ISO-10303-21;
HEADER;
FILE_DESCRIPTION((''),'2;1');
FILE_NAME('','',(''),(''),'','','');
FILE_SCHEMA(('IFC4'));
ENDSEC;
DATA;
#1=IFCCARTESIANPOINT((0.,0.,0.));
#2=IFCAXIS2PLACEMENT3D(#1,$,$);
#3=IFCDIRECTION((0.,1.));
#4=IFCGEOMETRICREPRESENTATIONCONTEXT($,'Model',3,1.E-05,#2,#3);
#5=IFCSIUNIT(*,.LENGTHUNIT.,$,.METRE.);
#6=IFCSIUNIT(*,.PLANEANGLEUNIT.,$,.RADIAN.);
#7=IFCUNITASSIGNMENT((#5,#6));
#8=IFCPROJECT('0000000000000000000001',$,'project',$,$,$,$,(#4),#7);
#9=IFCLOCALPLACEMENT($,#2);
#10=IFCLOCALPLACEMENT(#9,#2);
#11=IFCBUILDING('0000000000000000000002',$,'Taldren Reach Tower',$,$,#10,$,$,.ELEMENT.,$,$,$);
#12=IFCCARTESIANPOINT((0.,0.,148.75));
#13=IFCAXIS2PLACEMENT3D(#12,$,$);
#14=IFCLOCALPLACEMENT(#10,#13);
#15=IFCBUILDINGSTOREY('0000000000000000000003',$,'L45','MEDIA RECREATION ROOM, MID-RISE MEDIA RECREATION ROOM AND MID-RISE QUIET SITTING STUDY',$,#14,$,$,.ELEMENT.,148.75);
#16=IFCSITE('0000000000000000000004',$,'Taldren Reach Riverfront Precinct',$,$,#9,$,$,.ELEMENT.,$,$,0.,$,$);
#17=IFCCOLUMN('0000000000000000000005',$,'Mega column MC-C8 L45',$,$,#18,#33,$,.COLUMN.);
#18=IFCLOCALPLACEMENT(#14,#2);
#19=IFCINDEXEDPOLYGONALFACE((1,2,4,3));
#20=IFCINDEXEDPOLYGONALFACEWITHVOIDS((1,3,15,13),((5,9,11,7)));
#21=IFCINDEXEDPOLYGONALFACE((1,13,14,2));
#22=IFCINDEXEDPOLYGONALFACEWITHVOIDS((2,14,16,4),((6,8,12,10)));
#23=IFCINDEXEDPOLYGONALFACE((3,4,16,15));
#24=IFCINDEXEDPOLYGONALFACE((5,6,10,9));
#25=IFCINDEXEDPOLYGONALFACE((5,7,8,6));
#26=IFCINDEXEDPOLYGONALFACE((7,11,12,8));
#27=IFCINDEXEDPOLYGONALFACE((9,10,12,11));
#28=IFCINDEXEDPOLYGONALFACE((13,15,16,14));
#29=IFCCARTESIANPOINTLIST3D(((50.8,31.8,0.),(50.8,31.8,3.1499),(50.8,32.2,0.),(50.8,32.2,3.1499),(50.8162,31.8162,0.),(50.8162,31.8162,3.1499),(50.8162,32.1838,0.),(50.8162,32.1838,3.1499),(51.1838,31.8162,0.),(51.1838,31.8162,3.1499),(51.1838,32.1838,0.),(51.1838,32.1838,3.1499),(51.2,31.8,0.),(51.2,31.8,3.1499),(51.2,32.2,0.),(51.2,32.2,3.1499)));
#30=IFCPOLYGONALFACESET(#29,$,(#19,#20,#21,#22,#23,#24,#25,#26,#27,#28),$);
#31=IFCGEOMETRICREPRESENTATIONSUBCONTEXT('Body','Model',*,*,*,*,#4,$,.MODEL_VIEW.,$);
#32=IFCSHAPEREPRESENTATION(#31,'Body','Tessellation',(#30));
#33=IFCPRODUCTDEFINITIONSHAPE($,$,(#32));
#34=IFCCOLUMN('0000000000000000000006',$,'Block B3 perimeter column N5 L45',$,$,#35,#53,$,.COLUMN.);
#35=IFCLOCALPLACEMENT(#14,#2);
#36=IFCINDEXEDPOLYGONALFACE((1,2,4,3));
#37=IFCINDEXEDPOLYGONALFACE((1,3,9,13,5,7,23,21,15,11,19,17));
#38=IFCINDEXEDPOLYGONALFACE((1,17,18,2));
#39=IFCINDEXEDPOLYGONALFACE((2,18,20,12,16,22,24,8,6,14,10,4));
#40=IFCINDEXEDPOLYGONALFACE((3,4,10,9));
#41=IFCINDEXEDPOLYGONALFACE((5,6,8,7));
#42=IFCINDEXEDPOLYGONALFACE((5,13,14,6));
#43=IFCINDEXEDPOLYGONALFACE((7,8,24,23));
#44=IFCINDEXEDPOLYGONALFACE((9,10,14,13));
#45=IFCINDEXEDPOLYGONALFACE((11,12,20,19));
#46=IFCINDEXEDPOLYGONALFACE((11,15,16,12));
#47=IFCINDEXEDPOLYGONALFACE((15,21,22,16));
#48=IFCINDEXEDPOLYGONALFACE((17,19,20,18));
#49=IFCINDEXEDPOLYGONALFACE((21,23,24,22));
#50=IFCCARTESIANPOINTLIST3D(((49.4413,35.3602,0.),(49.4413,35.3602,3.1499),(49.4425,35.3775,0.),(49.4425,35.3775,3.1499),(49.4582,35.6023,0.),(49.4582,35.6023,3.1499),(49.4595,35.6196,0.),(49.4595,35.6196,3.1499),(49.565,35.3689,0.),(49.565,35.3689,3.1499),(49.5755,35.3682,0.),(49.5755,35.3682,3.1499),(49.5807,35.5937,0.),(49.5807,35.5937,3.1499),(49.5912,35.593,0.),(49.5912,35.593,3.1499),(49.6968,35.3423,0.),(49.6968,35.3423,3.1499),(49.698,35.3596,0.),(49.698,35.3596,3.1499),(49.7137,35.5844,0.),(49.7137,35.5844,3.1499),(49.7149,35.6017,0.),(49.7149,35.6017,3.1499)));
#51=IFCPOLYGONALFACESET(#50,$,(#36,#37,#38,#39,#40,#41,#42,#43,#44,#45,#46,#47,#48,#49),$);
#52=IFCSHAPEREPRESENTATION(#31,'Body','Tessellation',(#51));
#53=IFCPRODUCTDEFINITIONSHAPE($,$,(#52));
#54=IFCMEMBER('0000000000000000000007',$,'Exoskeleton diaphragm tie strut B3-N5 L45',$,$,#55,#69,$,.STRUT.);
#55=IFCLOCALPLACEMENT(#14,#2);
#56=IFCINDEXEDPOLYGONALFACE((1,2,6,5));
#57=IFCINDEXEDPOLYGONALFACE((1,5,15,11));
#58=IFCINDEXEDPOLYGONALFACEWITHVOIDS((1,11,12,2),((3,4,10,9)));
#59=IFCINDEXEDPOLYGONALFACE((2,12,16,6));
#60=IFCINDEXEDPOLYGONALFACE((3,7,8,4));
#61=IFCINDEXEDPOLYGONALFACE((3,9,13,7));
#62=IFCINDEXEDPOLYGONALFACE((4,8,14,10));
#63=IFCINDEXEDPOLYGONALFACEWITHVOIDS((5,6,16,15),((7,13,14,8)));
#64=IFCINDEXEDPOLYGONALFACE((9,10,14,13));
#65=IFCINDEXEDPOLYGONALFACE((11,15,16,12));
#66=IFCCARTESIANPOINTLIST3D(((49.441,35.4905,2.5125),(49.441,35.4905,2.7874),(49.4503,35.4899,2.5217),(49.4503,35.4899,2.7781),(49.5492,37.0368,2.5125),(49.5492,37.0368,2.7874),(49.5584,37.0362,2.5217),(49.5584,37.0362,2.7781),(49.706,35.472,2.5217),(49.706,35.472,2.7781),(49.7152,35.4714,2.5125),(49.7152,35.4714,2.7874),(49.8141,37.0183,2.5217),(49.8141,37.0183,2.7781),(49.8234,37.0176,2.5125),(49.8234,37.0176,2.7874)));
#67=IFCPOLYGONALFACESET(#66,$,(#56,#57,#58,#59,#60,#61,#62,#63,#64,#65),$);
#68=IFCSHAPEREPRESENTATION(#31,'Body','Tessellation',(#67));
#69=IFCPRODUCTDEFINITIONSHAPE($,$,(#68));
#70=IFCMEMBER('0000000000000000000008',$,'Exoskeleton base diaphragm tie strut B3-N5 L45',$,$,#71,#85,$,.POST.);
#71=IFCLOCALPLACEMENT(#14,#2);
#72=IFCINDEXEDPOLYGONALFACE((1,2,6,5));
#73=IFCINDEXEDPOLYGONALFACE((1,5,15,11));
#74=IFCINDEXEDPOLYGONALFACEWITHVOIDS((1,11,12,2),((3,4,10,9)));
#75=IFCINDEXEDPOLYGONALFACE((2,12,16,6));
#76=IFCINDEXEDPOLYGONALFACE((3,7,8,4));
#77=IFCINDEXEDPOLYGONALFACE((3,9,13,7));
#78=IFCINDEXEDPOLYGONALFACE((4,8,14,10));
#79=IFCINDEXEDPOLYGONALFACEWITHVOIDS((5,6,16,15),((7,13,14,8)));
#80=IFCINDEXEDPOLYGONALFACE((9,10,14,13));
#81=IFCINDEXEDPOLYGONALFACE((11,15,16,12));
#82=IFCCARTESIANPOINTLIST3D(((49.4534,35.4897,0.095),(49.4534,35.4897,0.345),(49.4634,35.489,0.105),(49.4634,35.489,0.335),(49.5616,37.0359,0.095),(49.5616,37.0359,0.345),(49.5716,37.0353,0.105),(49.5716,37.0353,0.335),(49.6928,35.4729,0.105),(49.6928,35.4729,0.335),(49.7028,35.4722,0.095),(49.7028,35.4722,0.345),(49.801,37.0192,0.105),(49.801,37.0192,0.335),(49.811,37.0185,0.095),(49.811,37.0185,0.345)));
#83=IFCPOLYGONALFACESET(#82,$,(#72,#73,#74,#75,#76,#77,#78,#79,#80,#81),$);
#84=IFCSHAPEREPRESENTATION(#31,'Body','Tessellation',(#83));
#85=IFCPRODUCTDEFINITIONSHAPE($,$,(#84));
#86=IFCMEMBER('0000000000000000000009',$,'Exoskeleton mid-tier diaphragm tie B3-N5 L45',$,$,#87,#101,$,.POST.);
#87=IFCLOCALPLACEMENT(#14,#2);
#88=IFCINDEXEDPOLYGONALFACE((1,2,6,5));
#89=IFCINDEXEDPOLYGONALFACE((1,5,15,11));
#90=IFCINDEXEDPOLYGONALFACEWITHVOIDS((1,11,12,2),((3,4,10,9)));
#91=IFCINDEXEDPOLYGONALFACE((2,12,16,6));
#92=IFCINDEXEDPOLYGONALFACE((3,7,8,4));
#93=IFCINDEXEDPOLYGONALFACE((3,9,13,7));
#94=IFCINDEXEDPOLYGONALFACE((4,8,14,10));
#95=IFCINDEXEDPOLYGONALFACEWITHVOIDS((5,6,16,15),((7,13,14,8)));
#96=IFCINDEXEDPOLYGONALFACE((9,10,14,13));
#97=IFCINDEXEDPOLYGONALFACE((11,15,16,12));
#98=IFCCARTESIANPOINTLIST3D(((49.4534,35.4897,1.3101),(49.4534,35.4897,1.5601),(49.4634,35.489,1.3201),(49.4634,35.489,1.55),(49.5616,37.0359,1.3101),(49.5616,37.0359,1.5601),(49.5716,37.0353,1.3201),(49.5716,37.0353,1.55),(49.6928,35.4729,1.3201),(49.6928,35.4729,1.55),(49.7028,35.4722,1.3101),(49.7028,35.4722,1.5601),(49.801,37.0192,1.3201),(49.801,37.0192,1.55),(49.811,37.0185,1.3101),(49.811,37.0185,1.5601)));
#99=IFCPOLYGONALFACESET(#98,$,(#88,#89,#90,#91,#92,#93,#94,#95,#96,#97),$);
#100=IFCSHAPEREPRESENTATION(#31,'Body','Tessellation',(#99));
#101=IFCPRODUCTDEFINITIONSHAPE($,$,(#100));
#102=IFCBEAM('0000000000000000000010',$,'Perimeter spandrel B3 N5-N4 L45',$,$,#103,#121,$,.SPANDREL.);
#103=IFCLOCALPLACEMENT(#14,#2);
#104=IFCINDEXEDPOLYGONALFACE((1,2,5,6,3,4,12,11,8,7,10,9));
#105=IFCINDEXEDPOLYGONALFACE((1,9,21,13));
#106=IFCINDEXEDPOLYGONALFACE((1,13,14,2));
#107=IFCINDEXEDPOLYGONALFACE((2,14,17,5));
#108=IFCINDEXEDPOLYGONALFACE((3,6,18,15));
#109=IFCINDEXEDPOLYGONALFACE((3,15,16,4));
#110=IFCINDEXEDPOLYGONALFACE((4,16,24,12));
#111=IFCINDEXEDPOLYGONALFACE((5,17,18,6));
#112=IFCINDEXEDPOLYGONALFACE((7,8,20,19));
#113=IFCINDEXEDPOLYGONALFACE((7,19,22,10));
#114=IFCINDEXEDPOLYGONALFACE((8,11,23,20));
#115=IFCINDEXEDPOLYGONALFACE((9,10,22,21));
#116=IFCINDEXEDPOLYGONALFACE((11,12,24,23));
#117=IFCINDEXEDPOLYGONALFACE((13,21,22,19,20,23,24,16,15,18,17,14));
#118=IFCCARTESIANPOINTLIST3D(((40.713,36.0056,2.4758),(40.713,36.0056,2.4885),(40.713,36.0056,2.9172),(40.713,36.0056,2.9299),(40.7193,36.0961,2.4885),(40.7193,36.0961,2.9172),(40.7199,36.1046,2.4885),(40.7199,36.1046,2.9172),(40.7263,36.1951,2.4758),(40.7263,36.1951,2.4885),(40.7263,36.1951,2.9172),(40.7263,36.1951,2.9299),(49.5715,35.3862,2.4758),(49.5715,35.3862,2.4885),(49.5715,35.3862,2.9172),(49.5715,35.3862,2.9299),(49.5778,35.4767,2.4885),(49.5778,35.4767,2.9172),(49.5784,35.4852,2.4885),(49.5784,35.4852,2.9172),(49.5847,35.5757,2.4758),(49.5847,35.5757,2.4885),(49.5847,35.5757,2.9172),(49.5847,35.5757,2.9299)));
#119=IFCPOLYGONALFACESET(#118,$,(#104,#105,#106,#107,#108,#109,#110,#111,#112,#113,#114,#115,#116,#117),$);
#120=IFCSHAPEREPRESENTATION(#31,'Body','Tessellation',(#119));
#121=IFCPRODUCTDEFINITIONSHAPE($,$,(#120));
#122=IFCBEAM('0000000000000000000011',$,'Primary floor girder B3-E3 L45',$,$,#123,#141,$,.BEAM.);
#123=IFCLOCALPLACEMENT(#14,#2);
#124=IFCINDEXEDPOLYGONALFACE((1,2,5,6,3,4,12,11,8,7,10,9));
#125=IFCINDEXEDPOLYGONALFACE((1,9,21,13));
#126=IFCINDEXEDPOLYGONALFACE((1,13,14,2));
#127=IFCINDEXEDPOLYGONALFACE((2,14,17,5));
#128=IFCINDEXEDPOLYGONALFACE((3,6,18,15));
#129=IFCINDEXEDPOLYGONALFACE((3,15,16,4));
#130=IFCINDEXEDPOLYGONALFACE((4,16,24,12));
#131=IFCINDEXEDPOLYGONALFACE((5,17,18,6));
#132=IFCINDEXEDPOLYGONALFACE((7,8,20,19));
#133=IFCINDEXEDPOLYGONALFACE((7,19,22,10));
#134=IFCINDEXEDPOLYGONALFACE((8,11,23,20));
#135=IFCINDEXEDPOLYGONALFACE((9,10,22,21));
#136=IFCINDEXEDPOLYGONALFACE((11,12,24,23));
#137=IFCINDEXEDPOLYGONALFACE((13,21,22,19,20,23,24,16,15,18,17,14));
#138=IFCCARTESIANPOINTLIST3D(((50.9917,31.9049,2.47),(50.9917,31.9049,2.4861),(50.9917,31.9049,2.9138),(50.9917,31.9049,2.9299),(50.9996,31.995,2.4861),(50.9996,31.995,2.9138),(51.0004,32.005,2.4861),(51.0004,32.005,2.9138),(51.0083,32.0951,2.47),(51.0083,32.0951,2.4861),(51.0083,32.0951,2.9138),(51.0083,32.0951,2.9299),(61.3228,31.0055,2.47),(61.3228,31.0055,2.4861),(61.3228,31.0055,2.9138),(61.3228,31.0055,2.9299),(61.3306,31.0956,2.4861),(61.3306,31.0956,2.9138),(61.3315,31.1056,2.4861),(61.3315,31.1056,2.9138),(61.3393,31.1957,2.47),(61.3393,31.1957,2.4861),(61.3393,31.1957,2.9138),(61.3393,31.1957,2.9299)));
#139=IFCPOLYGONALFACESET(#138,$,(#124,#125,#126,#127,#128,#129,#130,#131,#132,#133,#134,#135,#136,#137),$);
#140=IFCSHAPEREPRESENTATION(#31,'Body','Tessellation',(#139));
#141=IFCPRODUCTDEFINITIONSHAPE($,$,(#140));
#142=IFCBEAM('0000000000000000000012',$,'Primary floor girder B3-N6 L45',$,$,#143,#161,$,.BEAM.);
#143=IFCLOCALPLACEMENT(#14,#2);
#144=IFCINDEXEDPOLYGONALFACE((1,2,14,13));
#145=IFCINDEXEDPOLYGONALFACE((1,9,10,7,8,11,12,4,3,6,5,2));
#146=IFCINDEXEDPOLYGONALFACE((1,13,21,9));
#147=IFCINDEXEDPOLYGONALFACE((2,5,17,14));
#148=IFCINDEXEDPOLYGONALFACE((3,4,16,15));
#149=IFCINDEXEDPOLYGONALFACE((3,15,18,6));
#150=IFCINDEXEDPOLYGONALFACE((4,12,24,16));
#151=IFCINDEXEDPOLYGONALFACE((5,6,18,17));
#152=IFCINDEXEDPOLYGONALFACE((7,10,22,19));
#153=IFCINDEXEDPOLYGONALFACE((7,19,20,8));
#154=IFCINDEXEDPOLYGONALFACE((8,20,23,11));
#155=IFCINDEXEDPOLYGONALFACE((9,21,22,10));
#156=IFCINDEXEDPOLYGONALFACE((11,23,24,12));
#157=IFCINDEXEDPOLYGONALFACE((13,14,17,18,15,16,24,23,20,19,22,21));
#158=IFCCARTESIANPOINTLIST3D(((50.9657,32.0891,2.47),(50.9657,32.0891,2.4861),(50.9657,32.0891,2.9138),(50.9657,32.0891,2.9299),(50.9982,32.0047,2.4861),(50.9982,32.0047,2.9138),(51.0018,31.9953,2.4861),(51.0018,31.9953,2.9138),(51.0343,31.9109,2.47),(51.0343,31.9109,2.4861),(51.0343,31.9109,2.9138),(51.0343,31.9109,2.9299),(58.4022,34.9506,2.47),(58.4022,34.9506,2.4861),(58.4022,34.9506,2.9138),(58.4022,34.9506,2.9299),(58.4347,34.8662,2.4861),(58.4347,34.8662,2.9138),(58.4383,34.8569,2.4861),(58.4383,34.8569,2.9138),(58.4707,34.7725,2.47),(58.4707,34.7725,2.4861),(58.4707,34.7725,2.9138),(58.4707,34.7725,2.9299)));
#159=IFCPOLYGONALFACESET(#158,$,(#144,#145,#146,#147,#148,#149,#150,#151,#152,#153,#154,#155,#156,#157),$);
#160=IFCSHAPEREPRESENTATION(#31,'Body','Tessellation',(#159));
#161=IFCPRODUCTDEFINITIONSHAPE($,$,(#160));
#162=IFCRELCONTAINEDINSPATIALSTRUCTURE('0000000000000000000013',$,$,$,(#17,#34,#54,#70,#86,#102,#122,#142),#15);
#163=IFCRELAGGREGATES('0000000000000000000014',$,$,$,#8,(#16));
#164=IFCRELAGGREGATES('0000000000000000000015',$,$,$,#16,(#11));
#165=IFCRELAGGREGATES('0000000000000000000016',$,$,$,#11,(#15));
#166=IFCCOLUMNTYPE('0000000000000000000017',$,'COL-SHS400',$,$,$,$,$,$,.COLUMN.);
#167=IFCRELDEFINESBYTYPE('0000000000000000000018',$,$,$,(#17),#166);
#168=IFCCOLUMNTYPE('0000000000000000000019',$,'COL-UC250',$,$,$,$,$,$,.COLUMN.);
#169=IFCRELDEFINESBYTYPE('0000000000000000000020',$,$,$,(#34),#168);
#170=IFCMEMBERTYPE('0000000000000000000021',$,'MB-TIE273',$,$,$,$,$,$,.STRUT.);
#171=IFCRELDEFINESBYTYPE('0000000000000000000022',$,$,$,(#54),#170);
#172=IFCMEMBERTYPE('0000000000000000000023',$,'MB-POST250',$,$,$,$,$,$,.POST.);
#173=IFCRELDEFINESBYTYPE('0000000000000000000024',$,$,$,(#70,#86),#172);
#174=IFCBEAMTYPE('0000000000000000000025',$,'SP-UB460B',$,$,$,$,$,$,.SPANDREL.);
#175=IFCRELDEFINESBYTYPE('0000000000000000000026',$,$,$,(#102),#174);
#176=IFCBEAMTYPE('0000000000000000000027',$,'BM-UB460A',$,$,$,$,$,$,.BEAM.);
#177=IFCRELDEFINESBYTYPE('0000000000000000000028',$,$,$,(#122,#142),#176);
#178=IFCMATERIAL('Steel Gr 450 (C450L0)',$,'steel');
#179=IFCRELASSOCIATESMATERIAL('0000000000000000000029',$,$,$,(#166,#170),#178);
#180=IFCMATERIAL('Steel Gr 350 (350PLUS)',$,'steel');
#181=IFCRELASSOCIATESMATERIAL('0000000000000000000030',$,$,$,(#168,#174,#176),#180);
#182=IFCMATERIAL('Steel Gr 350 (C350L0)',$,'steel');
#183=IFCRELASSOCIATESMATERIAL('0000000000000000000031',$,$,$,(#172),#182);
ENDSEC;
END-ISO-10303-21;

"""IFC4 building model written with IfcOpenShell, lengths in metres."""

from ifc_helpers import new_model, si_unit, direction, frame, origin, origin_2d, place, context, subcontext, project, spatial, hollow_rectangle, i_section, extrude, source, transform, mapped, material, material_profile, profile_set, type_object, element, save


model = new_model("IFC4")

# Units and contexts
model_context = context("Model", 3, precision=1e-05, world=origin(), true_north=direction((0.0, 1.0)))
body_context = subcontext(model_context, "Body", "Model", "MODEL_VIEW")
ifc_project = project(units=[si_unit("LENGTHUNIT", "METRE"), si_unit("PLANEANGLEUNIT", "RADIAN")], contexts=[model_context])

# Site, building, storey
site_placement = place(None, origin())
site = spatial("IfcSite", under=ifc_project, at=site_placement, Name="Taldren Reach Riverfront Precinct", CompositionType="ELEMENT", RefElevation=0.0)
building_placement = place(site_placement, origin())
building = spatial("IfcBuilding", under=site, at=building_placement, Name="Taldren Reach Tower", CompositionType="ELEMENT")
storey_placement = place(building_placement, frame((0.0, 0.0, 148.75)))
storey = spatial("IfcBuildingStorey", under=building, at=storey_placement, Name="L45", Description="MEDIA RECREATION ROOM, MID-RISE MEDIA RECREATION ROOM AND MID-RISE QUIET SITTING STUDY", CompositionType="ELEMENT", Elevation=148.75)

# Columns
ifc_material_1 = material(Name="Steel Gr 450 (C450L0)", Category="steel")
ifc_material_profile_1 = material_profile(ifc_material_1, hollow_rectangle(XDim=0.3999, YDim=0.3999, WallThickness=0.0161, at=origin_2d()), Name="400x400x16.0SHS")
ifc_profile_set_1 = profile_set([ifc_material_profile_1], Name="Steel Gr 450 (C450L0)")
column_type_1 = type_object("IfcColumnType", Name="COL-SHS400", PredefinedType="COLUMN", material=ifc_profile_set_1)
shared_shape_1 = source(origin(), body_context, "Body", "SweptSolid", [
    extrude(hollow_rectangle(XDim=0.3999, YDim=0.3999, WallThickness=0.0161, at=origin_2d()), origin(), (0.0, 0.0, 1.0), 3.1499),
])
column_1_placement = place(storey_placement, frame((51.0, 32.0, 0.0), z_axis=(0.0, 0.0, 1.0), x_axis=(1.0, 0.0, 0.0)))
element("IfcColumn", 1, at=column_1_placement, inside=storey, type_object=column_type_1, Name="Mega column MC-C8 L45", PredefinedType="COLUMN", context=body_context, shape_type="MappedRepresentation", body=[
    mapped(shared_shape_1, transform((0.0, 0.0, 0.0), scale=1.0)),
])
ifc_material_2 = material(Name="Steel Gr 350 (350PLUS)", Category="steel")
ifc_material_profile_2 = material_profile(ifc_material_2, i_section(OverallWidth=0.2561, OverallDepth=0.26, WebThickness=0.0105, FlangeThickness=0.0173, at=origin_2d()), Name="250UC89.5")
ifc_profile_set_2 = profile_set([ifc_material_profile_2], Name="Steel Gr 350 (350PLUS)")
column_type_2 = type_object("IfcColumnType", Name="COL-UC250", PredefinedType="COLUMN", material=ifc_profile_set_2)
shared_shape_2 = source(origin(), body_context, "Body", "SweptSolid", [
    extrude(i_section(OverallWidth=0.2561, OverallDepth=0.26, WebThickness=0.0105, FlangeThickness=0.0173, at=origin_2d()), origin(), (0.0, 0.0, 1.0), 3.1499),
])
column_2_placement = place(storey_placement, frame((49.5781, 35.481, 0.0), z_axis=(0.0, 0.0, 1.0), x_axis=(0.997564, -0.069756, 0.0)))
element("IfcColumn", 2, at=column_2_placement, inside=storey, type_object=column_type_2, Name="Block B3 perimeter column N5 L45", PredefinedType="COLUMN", context=body_context, shape_type="MappedRepresentation", body=[
    mapped(shared_shape_2, transform((0.0, 0.0, 0.0), scale=1.0)),
])

# Members
ifc_material_profile_3 = material_profile(ifc_material_1, hollow_rectangle(XDim=0.2749, YDim=0.2749, WallThickness=0.0093, at=origin_2d()), Name="275x275x9.3SHS")
ifc_profile_set_3 = profile_set([ifc_material_profile_3], Name="Steel Gr 450 (C450L0)")
member_type_1 = type_object("IfcMemberType", Name="MB-TIE273", PredefinedType="STRUT", material=ifc_profile_set_3)
shared_shape_3 = source(origin(), body_context, "Body", "SweptSolid", [
    extrude(hollow_rectangle(XDim=0.2749, YDim=0.2749, WallThickness=0.0093, at=origin_2d()), origin(), (0.0, 0.0, 1.0), 1.55),
])
member_1_placement = place(storey_placement, frame((49.5781, 35.481, 2.6499), z_axis=(0.06977, 0.997563, 0.0), x_axis=(-0.997563, 0.06977, 0.0)))
element("IfcMember", 3, at=member_1_placement, inside=storey, type_object=member_type_1, Name="Exoskeleton diaphragm tie strut B3-N5 L45", PredefinedType="STRUT", context=body_context, shape_type="MappedRepresentation", body=[
    mapped(shared_shape_3, transform((0.0, 0.0, 0.0), scale=1.0)),
])
ifc_material_3 = material(Name="Steel Gr 350 (C350L0)", Category="steel")
ifc_material_profile_4 = material_profile(ifc_material_3, hollow_rectangle(XDim=0.25, YDim=0.25, WallThickness=0.01, at=origin_2d()), Name="250x250x10.0SHS")
ifc_profile_set_4 = profile_set([ifc_material_profile_4], Name="Steel Gr 350 (C350L0)")
member_type_2 = type_object("IfcMemberType", Name="MB-POST250", PredefinedType="POST", material=ifc_profile_set_4)
shared_shape_4 = source(origin(), body_context, "Body", "SweptSolid", [
    extrude(hollow_rectangle(XDim=0.25, YDim=0.25, WallThickness=0.01, at=origin_2d()), origin(), (0.0, 0.0, 1.0), 1.55),
])
for number, where, z_axis, x_axis, name in (
    (4, (49.5781, 35.481, 0.22), (0.06977, 0.997563, 0.0), (-0.997563, 0.06977, 0.0), "Exoskeleton base diaphragm tie strut B3-N5 L45"),
    (5, (49.5781, 35.481, 1.4351), (0.06977, 0.997563, 0.0), (-0.997563, 0.06977, 0.0), "Exoskeleton mid-tier diaphragm tie B3-N5 L45"),
):
    element("IfcMember", number, at=place(storey_placement, frame(where, z_axis=z_axis, x_axis=x_axis)), inside=storey, type_object=member_type_2, Name=name, PredefinedType="POST", context=body_context, shape_type="MappedRepresentation", body=[
        mapped(shared_shape_4, transform((0.0, 0.0, 0.0), scale=1.0)),
    ])

# Beams
ifc_material_profile_5 = material_profile(ifc_material_2, i_section(OverallWidth=0.1899, OverallDepth=0.4541, WebThickness=0.0085, FlangeThickness=0.0127, at=origin_2d()), Name="460UB67.1")
ifc_profile_set_5 = profile_set([ifc_material_profile_5], Name="Steel Gr 350 (350PLUS)")
beam_type_1 = type_object("IfcBeamType", Name="SP-UB460B", PredefinedType="SPANDREL", material=ifc_profile_set_5)
shared_shape_5 = source(origin(), body_context, "Body", "SweptSolid", [
    extrude(i_section(OverallWidth=0.1899, OverallDepth=0.4541, WebThickness=0.0085, FlangeThickness=0.0127, at=origin_2d()), origin(), (0.0, 0.0, 1.0), 8.8801),
])
beam_1_placement = place(storey_placement, frame((49.5781, 35.481, 2.7029), z_axis=(-0.997564, 0.06975, 0.0), x_axis=(-0.06975, -0.997564, 0.0)))
element("IfcBeam", 6, at=beam_1_placement, inside=storey, type_object=beam_type_1, Name="Perimeter spandrel B3 N5-N4 L45", PredefinedType="SPANDREL", context=body_context, shape_type="MappedRepresentation", body=[
    mapped(shared_shape_5, transform((0.0, 0.0, 0.0), scale=1.0)),
])
ifc_material_profile_6 = material_profile(ifc_material_2, i_section(OverallWidth=0.1909, OverallDepth=0.46, WebThickness=0.01, FlangeThickness=0.0161, at=origin_2d()), Name="460UB82.1")
ifc_profile_set_6 = profile_set([ifc_material_profile_6], Name="Steel Gr 350 (350PLUS)")
beam_type_2 = type_object("IfcBeamType", Name="BM-UB460A", PredefinedType="BEAM", material=ifc_profile_set_6)
shared_shape_6 = source(origin(), body_context, "Body", "SweptSolid", [
    extrude(i_section(OverallWidth=0.1909, OverallDepth=0.46, WebThickness=0.01, FlangeThickness=0.0161, at=origin_2d()), origin(), (0.0, 0.0, 1.0), 10.3701),
])
beam_2_placement = place(storey_placement, frame((51.0, 32.0, 2.7), z_axis=(0.996232, -0.086731, 0.0), x_axis=(0.086731, 0.996232, 0.0)))
element("IfcBeam", 7, at=beam_2_placement, inside=storey, type_object=beam_type_2, Name="Primary floor girder B3-E3 L45", PredefinedType="BEAM", context=body_context, shape_type="MappedRepresentation", body=[
    mapped(shared_shape_6, transform((0.0, 0.0, 0.0), scale=1.0)),
])
shared_shape_7 = source(origin(), body_context, "Body", "SweptSolid", [
    extrude(i_section(OverallWidth=0.1909, OverallDepth=0.46, WebThickness=0.01, FlangeThickness=0.0161, at=origin_2d()), origin(), (0.0, 0.0, 1.0), 7.968),
])
beam_3_placement = place(storey_placement, frame((51.0, 32.0, 2.7), z_axis=(0.933288, 0.359129, 0.0), x_axis=(-0.359129, 0.933288, 0.0)))
element("IfcBeam", 8, at=beam_3_placement, inside=storey, type_object=beam_type_2, Name="Primary floor girder B3-N6 L45", PredefinedType="BEAM", context=body_context, shape_type="MappedRepresentation", body=[
    mapped(shared_shape_7, transform((0.0, 0.0, 0.0), scale=1.0)),
])

save(model, "model.ifc")
